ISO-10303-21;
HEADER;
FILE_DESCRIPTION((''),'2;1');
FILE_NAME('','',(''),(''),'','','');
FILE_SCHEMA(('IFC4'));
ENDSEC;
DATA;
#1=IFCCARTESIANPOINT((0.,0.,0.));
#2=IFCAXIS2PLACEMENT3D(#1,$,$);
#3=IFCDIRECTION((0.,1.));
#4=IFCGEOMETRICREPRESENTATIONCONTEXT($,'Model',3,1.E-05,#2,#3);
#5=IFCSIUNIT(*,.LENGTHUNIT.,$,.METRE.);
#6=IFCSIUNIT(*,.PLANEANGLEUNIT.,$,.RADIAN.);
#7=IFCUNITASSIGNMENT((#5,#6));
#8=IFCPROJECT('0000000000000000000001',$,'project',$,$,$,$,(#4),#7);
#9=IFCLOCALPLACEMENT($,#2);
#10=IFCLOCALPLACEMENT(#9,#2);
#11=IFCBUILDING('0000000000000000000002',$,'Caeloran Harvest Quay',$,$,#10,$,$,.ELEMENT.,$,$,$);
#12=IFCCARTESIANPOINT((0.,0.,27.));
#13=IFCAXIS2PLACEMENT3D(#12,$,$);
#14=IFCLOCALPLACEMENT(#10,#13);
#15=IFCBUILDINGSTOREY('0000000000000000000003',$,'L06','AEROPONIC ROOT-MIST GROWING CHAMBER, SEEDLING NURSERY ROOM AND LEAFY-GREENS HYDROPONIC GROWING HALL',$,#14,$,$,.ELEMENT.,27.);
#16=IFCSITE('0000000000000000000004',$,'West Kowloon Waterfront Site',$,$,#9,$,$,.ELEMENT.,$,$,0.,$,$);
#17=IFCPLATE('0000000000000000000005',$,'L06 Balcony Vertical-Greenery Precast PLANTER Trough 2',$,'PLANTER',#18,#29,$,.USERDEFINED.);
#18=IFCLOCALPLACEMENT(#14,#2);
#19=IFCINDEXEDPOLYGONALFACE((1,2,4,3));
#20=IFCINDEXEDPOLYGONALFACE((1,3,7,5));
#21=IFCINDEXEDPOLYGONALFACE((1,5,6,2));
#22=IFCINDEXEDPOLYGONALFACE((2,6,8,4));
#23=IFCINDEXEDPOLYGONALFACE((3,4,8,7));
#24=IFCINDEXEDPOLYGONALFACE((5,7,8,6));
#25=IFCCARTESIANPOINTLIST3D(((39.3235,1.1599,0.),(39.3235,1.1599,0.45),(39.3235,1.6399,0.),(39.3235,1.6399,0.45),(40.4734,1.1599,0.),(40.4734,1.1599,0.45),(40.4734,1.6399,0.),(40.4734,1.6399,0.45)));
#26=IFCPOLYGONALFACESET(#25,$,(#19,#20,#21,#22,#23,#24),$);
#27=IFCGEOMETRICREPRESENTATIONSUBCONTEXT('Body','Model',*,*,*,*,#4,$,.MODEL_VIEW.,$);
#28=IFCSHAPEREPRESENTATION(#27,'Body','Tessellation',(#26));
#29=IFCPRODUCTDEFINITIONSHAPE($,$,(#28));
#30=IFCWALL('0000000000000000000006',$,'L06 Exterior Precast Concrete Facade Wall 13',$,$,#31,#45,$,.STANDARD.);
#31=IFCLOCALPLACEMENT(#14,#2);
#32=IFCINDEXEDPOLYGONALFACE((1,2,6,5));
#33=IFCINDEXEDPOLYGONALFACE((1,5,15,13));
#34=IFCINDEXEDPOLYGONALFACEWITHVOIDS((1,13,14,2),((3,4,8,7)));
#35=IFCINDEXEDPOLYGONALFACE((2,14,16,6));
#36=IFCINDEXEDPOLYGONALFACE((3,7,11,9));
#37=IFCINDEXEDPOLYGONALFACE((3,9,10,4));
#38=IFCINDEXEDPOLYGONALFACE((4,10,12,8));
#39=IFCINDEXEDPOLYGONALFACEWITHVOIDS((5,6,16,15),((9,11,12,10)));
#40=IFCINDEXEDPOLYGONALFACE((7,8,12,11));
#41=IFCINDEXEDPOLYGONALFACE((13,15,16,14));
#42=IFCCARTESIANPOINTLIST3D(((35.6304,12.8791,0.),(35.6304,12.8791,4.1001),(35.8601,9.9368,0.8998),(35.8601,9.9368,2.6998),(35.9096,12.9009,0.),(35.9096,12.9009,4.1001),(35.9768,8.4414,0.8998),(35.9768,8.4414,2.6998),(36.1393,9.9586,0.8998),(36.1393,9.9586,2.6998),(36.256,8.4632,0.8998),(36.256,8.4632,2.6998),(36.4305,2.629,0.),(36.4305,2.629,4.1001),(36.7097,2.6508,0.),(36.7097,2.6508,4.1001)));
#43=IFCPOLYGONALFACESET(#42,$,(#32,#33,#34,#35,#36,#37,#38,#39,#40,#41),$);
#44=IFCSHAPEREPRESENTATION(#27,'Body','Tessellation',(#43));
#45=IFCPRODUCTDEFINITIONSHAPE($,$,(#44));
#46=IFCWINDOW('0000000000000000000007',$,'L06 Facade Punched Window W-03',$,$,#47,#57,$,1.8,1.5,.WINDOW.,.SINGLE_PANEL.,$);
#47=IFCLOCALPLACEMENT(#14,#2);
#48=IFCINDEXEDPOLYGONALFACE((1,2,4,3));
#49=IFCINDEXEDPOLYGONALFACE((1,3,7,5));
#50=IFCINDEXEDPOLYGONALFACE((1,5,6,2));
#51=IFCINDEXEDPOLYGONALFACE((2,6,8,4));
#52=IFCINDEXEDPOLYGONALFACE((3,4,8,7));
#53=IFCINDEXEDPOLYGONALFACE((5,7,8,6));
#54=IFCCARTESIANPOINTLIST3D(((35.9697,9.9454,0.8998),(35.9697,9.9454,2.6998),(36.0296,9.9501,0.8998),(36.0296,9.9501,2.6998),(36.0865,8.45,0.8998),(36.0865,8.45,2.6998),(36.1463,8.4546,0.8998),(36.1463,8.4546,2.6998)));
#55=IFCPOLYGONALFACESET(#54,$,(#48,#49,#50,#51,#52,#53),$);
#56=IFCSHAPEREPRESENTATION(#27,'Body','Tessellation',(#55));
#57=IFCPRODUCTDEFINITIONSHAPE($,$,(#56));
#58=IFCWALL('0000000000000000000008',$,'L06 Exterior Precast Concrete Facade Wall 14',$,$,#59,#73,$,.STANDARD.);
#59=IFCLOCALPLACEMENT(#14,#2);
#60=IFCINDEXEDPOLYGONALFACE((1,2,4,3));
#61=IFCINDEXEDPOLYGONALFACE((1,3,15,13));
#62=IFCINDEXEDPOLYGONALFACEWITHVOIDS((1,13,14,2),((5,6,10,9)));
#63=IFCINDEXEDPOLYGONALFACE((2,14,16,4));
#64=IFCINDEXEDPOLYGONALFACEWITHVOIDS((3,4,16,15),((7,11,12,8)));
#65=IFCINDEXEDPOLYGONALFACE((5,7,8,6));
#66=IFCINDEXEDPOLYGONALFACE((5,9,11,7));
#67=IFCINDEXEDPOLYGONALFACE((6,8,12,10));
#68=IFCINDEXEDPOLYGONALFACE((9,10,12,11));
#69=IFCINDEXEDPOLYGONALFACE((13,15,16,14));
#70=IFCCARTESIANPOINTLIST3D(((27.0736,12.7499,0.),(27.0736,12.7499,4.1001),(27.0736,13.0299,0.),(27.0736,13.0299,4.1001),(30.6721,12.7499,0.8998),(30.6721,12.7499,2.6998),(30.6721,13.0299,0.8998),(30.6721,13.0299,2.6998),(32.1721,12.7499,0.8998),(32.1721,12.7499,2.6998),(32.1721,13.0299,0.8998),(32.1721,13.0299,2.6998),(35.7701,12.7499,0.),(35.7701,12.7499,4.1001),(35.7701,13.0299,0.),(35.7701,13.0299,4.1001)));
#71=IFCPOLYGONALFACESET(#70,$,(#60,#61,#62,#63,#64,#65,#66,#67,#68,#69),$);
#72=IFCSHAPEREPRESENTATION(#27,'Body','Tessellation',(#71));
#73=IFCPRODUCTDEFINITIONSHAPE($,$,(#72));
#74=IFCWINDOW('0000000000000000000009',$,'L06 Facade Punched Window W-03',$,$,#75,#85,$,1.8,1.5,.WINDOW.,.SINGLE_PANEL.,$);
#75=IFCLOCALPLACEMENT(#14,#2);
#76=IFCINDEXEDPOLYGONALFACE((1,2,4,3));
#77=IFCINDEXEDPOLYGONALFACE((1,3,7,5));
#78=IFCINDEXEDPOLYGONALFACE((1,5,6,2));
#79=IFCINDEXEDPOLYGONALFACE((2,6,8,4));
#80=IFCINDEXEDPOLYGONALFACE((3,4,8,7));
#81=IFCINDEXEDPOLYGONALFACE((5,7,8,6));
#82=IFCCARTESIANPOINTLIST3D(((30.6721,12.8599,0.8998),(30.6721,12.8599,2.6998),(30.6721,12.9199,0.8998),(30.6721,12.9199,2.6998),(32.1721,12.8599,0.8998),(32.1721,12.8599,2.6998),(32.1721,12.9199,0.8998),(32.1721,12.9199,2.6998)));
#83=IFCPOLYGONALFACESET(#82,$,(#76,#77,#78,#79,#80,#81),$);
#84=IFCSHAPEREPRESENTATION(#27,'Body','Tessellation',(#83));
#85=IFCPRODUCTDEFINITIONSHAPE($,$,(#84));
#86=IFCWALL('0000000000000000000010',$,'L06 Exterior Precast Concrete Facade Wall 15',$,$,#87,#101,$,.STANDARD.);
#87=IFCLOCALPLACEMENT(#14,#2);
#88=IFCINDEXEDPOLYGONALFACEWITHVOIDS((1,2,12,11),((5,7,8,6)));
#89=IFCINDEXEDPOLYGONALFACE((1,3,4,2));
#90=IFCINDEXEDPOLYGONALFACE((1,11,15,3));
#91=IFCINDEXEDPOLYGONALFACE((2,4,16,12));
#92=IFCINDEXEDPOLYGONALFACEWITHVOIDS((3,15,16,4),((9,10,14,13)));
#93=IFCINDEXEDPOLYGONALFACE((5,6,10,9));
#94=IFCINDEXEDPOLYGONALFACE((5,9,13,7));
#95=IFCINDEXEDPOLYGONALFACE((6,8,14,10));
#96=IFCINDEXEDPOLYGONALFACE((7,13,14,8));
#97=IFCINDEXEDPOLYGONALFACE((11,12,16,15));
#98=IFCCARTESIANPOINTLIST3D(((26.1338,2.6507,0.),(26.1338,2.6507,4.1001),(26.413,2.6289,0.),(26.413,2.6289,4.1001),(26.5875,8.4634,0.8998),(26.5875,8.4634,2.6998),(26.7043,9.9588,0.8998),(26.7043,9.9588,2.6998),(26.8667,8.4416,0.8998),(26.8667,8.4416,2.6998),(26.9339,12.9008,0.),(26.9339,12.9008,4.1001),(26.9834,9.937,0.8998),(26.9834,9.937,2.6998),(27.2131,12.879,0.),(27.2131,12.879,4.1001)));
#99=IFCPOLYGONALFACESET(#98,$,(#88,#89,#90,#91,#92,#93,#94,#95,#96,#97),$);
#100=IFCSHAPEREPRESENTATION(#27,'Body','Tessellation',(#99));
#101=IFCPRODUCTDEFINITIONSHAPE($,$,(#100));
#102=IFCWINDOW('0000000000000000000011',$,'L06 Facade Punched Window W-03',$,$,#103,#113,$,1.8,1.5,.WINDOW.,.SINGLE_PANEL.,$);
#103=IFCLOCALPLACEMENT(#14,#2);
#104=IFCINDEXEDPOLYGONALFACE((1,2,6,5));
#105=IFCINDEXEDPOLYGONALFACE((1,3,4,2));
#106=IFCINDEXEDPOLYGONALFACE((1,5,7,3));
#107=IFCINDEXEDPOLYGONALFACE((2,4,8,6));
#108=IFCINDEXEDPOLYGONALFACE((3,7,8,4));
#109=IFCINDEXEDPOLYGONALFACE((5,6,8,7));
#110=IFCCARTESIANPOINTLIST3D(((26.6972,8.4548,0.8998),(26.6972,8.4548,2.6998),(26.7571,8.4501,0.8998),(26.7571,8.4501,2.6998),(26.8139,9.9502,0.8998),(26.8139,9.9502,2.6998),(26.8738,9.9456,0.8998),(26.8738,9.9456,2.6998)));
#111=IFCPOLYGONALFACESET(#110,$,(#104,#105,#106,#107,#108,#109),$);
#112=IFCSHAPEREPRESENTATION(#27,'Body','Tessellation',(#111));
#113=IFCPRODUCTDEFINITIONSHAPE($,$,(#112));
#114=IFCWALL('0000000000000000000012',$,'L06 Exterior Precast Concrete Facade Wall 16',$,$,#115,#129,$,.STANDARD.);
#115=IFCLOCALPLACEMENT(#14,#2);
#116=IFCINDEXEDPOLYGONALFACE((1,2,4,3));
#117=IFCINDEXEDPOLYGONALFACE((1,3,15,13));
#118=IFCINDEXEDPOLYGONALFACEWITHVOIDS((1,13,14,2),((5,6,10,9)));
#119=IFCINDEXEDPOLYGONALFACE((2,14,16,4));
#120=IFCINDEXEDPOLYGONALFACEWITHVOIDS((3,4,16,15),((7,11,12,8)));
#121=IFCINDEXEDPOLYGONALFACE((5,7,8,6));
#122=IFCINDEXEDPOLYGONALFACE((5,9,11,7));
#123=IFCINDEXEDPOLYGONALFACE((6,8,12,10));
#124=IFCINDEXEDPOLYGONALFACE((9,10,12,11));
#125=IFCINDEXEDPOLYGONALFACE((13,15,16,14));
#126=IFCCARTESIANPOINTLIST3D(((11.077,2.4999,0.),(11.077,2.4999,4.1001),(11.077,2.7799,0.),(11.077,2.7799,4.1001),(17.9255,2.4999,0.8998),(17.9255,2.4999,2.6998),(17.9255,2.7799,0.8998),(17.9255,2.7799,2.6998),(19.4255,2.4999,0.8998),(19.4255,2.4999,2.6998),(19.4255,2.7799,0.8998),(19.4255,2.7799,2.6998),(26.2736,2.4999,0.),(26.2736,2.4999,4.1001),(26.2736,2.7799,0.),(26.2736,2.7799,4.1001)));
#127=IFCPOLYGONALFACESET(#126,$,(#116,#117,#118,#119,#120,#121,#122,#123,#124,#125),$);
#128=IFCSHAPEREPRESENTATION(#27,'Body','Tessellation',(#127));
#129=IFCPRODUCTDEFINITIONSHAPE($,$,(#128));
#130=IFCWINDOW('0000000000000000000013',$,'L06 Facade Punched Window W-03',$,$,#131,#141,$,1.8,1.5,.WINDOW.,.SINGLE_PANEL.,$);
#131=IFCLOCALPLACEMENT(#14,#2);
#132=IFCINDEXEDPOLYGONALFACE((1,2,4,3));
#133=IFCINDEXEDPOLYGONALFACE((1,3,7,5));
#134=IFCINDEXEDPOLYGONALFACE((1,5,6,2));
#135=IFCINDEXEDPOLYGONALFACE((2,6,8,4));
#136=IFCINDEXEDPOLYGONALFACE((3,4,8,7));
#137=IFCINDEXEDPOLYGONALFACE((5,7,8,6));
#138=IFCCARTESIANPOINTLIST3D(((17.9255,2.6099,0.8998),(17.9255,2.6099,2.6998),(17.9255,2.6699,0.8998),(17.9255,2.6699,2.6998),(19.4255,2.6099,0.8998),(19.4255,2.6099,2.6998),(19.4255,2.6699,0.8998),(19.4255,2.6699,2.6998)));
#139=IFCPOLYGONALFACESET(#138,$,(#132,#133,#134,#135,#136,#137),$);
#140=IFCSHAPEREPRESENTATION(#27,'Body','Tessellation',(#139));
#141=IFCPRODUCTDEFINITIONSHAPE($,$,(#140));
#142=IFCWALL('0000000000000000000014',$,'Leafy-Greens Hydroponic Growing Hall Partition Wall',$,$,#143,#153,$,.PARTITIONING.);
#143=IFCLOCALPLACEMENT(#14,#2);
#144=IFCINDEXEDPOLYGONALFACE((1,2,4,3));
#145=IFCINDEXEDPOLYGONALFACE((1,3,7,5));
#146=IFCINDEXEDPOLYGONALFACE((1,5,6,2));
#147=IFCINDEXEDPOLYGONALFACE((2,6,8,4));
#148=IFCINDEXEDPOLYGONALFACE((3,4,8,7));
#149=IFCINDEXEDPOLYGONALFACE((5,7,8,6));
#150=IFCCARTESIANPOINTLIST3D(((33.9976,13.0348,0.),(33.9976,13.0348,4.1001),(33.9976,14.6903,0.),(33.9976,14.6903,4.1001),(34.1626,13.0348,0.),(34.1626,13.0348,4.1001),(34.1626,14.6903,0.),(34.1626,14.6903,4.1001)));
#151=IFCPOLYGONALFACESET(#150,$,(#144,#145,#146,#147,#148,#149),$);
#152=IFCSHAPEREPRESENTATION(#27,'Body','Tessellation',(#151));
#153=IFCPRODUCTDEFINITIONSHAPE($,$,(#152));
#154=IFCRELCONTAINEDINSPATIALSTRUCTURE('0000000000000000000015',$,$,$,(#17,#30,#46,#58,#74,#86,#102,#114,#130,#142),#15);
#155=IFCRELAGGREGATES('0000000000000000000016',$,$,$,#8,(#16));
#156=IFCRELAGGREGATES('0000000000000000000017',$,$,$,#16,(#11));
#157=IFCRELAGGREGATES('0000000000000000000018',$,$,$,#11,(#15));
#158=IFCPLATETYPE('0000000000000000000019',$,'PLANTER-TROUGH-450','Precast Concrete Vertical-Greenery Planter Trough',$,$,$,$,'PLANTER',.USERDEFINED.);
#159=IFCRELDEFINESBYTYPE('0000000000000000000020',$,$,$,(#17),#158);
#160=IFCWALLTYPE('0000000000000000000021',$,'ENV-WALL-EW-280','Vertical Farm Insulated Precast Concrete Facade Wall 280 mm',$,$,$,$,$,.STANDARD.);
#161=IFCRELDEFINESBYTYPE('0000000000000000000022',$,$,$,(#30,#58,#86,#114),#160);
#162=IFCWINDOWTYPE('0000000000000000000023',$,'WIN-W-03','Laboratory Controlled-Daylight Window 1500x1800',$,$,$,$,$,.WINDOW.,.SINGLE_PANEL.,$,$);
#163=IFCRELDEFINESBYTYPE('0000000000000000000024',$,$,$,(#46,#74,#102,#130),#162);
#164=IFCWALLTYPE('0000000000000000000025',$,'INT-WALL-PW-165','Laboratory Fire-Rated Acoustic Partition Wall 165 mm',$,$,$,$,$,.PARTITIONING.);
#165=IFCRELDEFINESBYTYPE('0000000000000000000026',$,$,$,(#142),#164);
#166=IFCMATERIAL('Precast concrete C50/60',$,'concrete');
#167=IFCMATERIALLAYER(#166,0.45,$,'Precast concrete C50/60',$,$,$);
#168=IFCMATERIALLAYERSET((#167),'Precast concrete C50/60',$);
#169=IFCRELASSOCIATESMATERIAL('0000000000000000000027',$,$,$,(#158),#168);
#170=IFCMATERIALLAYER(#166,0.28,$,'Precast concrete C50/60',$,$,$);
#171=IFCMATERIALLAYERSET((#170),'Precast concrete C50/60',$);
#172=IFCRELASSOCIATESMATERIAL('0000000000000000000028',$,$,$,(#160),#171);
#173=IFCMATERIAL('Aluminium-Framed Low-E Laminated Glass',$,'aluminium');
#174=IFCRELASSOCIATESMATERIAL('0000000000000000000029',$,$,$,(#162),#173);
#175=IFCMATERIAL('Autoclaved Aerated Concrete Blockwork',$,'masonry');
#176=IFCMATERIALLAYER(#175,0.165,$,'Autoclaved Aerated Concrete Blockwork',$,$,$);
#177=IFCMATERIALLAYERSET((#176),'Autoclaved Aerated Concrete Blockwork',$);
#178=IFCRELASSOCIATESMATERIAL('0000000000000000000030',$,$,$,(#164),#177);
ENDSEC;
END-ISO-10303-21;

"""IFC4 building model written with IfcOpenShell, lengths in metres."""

from ifc_helpers import new_model, si_unit, direction, frame, frame_2d, origin, origin_2d, place, context, subcontext, project, spatial, rectangle, extrude, material, layer, layer_set, type_object, element, fill, save


model = new_model("IFC4")

# Units and contexts
model_context = context("Model", 3, precision=1e-05, world=origin(), true_north=direction((0.0, 1.0)))
body_context = subcontext(model_context, "Body", "Model", "MODEL_VIEW")
ifc_project = project(units=[si_unit("LENGTHUNIT", "METRE"), si_unit("PLANEANGLEUNIT", "RADIAN")], contexts=[model_context])

# Site, building, storey
site_placement = place(None, origin())
site = spatial("IfcSite", under=ifc_project, at=site_placement, Name="West Kowloon Waterfront Site", CompositionType="ELEMENT", RefElevation=0.0)
building_placement = place(site_placement, origin())
building = spatial("IfcBuilding", under=site, at=building_placement, Name="Caeloran Harvest Quay", CompositionType="ELEMENT")
storey_placement = place(building_placement, frame((0.0, 0.0, 27.0)))
storey = spatial("IfcBuildingStorey", under=building, at=storey_placement, Name="L06", Description="AEROPONIC ROOT-MIST GROWING CHAMBER, SEEDLING NURSERY ROOM AND LEAFY-GREENS HYDROPONIC GROWING HALL", CompositionType="ELEMENT", Elevation=27.0)

# Plate
ifc_material_1 = material(Name="Precast concrete C50/60", Category="concrete")
ifc_layer_1 = layer(ifc_material_1, 0.45, Name="Precast concrete C50/60")
ifc_layer_set_1 = layer_set([ifc_layer_1], Name="Precast concrete C50/60")
plate_type = type_object("IfcPlateType", Name="PLANTER-TROUGH-450", Description="Precast Concrete Vertical-Greenery Planter Trough", ElementType="PLANTER", PredefinedType="USERDEFINED", material=ifc_layer_set_1)
plate_placement = place(storey_placement, frame((39.8984, 1.3999, 0.0), z_axis=(0.0, 0.0, 1.0), x_axis=(1.0, 0.0, 0.0)))
element("IfcPlate", 1, at=plate_placement, inside=storey, type_object=plate_type, Name="L06 Balcony Vertical-Greenery Precast PLANTER Trough 2", ObjectType="PLANTER", PredefinedType="USERDEFINED", context=body_context, shape_type="SweptSolid", body=[
    extrude(rectangle(XDim=1.1499, YDim=0.48, at=origin_2d()), origin(), (0.0, 0.0, 1.0), 0.45),
])

# Walls, openings, windows
ifc_layer_2 = layer(ifc_material_1, 0.28, Name="Precast concrete C50/60")
ifc_layer_set_2 = layer_set([ifc_layer_2], Name="Precast concrete C50/60")
wall_type_1 = type_object("IfcWallType", Name="ENV-WALL-EW-280", Description="Vertical Farm Insulated Precast Concrete Facade Wall 280 mm", PredefinedType="STANDARD", material=ifc_layer_set_2)
wall_1_placement = place(storey_placement, frame((36.5701, 2.6399, 0.0), z_axis=(0.0, 0.0, 1.0), x_axis=(-0.077817, 0.996968, 0.0)))
wall_1 = element("IfcWall", 2, at=wall_1_placement, inside=storey, type_object=wall_type_1, Name="L06 Exterior Precast Concrete Facade Wall 13", PredefinedType="STANDARD", context=body_context, shape_type="SweptSolid", body=[
    extrude(rectangle(XDim=10.2812, YDim=0.28, at=frame_2d((5.1406, 0.0))), origin(), (0.0, 0.0, 1.0), 4.1001),
])
opening_1_placement = place(wall_1_placement, frame((5.8301, 0.0, 0.8999)))
opening_1 = element("IfcOpeningElement", 3, at=opening_1_placement, cuts=wall_1, PredefinedType="OPENING", context=body_context, shape_type="SweptSolid", body=[
    extrude(rectangle(XDim=1.5, YDim=1.8, at=frame_2d((0.75, 0.8999))), frame((0.0, 0.1499, 0.0), z_axis=(0.0, -1.0, 0.0), x_axis=(1.0, 0.0, 0.0)), (0.0, 0.0, 1.0), 0.3),
])
ifc_material_2 = material(Name="Aluminium-Framed Low-E Laminated Glass", Category="aluminium")
window_type = type_object("IfcWindowType", Name="WIN-W-03", Description="Laboratory Controlled-Daylight Window 1500x1800", PartitioningType="SINGLE_PANEL", PredefinedType="WINDOW", material=ifc_material_2)
window_1_placement = place(opening_1_placement, origin())
window_1 = element("IfcWindow", 4, at=window_1_placement, inside=storey, type_object=window_type, Name="L06 Facade Punched Window W-03", OverallHeight=1.8, OverallWidth=1.5, PartitioningType="SINGLE_PANEL", PredefinedType="WINDOW", context=body_context, shape_type="SweptSolid", body=[
    extrude(rectangle(XDim=1.5, YDim=1.8, at=frame_2d((0.75, 0.8999))), frame((0.0, 0.03, 0.0), z_axis=(0.0, -1.0, 0.0), x_axis=(1.0, 0.0, 0.0)), (0.0, 0.0, 1.0), 0.0601),
])
fill(opening_1, window_1)
wall_2_placement = place(storey_placement, frame((35.77, 12.8899, 0.0), z_axis=(0.0, 0.0, 1.0), x_axis=(-1.0, 0.0, 0.0)))
wall_2 = element("IfcWall", 5, at=wall_2_placement, inside=storey, type_object=wall_type_1, Name="L06 Exterior Precast Concrete Facade Wall 14", PredefinedType="STANDARD", context=body_context, shape_type="SweptSolid", body=[
    extrude(rectangle(XDim=8.6965, YDim=0.28, at=frame_2d((4.3481, 0.0))), origin(), (0.0, 0.0, 1.0), 4.1001),
])
opening_2_placement = place(wall_2_placement, frame((3.5979, 0.0, 0.8999)))
opening_2 = element("IfcOpeningElement", 6, at=opening_2_placement, cuts=wall_2, PredefinedType="OPENING", context=body_context, shape_type="SweptSolid", body=[
    extrude(rectangle(XDim=1.5, YDim=1.8, at=frame_2d((0.75, 0.8999))), frame((0.0, 0.1499, 0.0), z_axis=(0.0, -1.0, 0.0), x_axis=(1.0, 0.0, 0.0)), (0.0, 0.0, 1.0), 0.3),
])
window_2_placement = place(opening_2_placement, origin())
window_2 = element("IfcWindow", 7, at=window_2_placement, inside=storey, type_object=window_type, Name="L06 Facade Punched Window W-03", OverallHeight=1.8, OverallWidth=1.5, PartitioningType="SINGLE_PANEL", PredefinedType="WINDOW", context=body_context, shape_type="SweptSolid", body=[
    extrude(rectangle(XDim=1.5, YDim=1.8, at=frame_2d((0.75, 0.8999))), frame((0.0, 0.03, 0.0), z_axis=(0.0, -1.0, 0.0), x_axis=(1.0, 0.0, 0.0)), (0.0, 0.0, 1.0), 0.0601),
])
fill(opening_2, window_2)
wall_3_placement = place(storey_placement, frame((27.0735, 12.8899, 0.0), z_axis=(0.0, 0.0, 1.0), x_axis=(-0.077817, -0.996968, 0.0)))
wall_3 = element("IfcWall", 8, at=wall_3_placement, inside=storey, type_object=wall_type_1, Name="L06 Exterior Precast Concrete Facade Wall 15", PredefinedType="STANDARD", context=body_context, shape_type="SweptSolid", body=[
    extrude(rectangle(XDim=10.2812, YDim=0.28, at=frame_2d((5.1406, 0.0))), origin(), (0.0, 0.0, 1.0), 4.1001),
])
opening_3_placement = place(wall_3_placement, frame((2.9509, 0.0, 0.8999)))
opening_3 = element("IfcOpeningElement", 9, at=opening_3_placement, cuts=wall_3, PredefinedType="OPENING", context=body_context, shape_type="SweptSolid", body=[
    extrude(rectangle(XDim=1.5, YDim=1.8, at=frame_2d((0.75, 0.8999))), frame((0.0, 0.1499, 0.0), z_axis=(0.0, -1.0, 0.0), x_axis=(1.0, 0.0, 0.0)), (0.0, 0.0, 1.0), 0.3),
])
window_3_placement = place(opening_3_placement, origin())
window_3 = element("IfcWindow", 10, at=window_3_placement, inside=storey, type_object=window_type, Name="L06 Facade Punched Window W-03", OverallHeight=1.8, OverallWidth=1.5, PartitioningType="SINGLE_PANEL", PredefinedType="WINDOW", context=body_context, shape_type="SweptSolid", body=[
    extrude(rectangle(XDim=1.5, YDim=1.8, at=frame_2d((0.75, 0.8999))), frame((0.0, 0.03, 0.0), z_axis=(0.0, -1.0, 0.0), x_axis=(1.0, 0.0, 0.0)), (0.0, 0.0, 1.0), 0.0601),
])
fill(opening_3, window_3)
wall_4_placement = place(storey_placement, frame((26.2734, 2.6399, 0.0), z_axis=(0.0, 0.0, 1.0), x_axis=(-1.0, 0.0, 0.0)))
wall_4 = element("IfcWall", 11, at=wall_4_placement, inside=storey, type_object=wall_type_1, Name="L06 Exterior Precast Concrete Facade Wall 16", PredefinedType="STANDARD", context=body_context, shape_type="SweptSolid", body=[
    extrude(rectangle(XDim=15.1965, YDim=0.28, at=frame_2d((7.5981, 0.0))), origin(), (0.0, 0.0, 1.0), 4.1001),
])
opening_4_placement = place(wall_4_placement, frame((6.8479, 0.0, 0.8999)))
opening_4 = element("IfcOpeningElement", 12, at=opening_4_placement, cuts=wall_4, PredefinedType="OPENING", context=body_context, shape_type="SweptSolid", body=[
    extrude(rectangle(XDim=1.5, YDim=1.8, at=frame_2d((0.75, 0.8999))), frame((0.0, 0.1499, 0.0), z_axis=(0.0, -1.0, 0.0), x_axis=(1.0, 0.0, 0.0)), (0.0, 0.0, 1.0), 0.3),
])
window_4_placement = place(opening_4_placement, origin())
window_4 = element("IfcWindow", 13, at=window_4_placement, inside=storey, type_object=window_type, Name="L06 Facade Punched Window W-03", OverallHeight=1.8, OverallWidth=1.5, PartitioningType="SINGLE_PANEL", PredefinedType="WINDOW", context=body_context, shape_type="SweptSolid", body=[
    extrude(rectangle(XDim=1.5, YDim=1.8, at=frame_2d((0.75, 0.8999))), frame((0.0, 0.03, 0.0), z_axis=(0.0, -1.0, 0.0), x_axis=(1.0, 0.0, 0.0)), (0.0, 0.0, 1.0), 0.0601),
])
fill(opening_4, window_4)

# Wall
ifc_material_3 = material(Name="Autoclaved Aerated Concrete Blockwork", Category="masonry")
ifc_layer_3 = layer(ifc_material_3, 0.165, Name="Autoclaved Aerated Concrete Blockwork")
ifc_layer_set_3 = layer_set([ifc_layer_3], Name="Autoclaved Aerated Concrete Blockwork")
wall_type_2 = type_object("IfcWallType", Name="INT-WALL-PW-165", Description="Laboratory Fire-Rated Acoustic Partition Wall 165 mm", PredefinedType="PARTITIONING", material=ifc_layer_set_3)
wall_5_placement = place(storey_placement, frame((34.0801, 13.0349, 0.0), z_axis=(0.0, 0.0, 1.0), x_axis=(0.0, 1.0, 0.0)))
element("IfcWall", 14, at=wall_5_placement, inside=storey, type_object=wall_type_2, Name="Leafy-Greens Hydroponic Growing Hall Partition Wall", PredefinedType="PARTITIONING", context=body_context, shape_type="SweptSolid", body=[
    extrude(rectangle(XDim=1.6555, YDim=0.165, at=frame_2d((0.8276, 0.0))), origin(), (0.0, 0.0, 1.0), 4.1001),
])

save(model, "model.ifc")
